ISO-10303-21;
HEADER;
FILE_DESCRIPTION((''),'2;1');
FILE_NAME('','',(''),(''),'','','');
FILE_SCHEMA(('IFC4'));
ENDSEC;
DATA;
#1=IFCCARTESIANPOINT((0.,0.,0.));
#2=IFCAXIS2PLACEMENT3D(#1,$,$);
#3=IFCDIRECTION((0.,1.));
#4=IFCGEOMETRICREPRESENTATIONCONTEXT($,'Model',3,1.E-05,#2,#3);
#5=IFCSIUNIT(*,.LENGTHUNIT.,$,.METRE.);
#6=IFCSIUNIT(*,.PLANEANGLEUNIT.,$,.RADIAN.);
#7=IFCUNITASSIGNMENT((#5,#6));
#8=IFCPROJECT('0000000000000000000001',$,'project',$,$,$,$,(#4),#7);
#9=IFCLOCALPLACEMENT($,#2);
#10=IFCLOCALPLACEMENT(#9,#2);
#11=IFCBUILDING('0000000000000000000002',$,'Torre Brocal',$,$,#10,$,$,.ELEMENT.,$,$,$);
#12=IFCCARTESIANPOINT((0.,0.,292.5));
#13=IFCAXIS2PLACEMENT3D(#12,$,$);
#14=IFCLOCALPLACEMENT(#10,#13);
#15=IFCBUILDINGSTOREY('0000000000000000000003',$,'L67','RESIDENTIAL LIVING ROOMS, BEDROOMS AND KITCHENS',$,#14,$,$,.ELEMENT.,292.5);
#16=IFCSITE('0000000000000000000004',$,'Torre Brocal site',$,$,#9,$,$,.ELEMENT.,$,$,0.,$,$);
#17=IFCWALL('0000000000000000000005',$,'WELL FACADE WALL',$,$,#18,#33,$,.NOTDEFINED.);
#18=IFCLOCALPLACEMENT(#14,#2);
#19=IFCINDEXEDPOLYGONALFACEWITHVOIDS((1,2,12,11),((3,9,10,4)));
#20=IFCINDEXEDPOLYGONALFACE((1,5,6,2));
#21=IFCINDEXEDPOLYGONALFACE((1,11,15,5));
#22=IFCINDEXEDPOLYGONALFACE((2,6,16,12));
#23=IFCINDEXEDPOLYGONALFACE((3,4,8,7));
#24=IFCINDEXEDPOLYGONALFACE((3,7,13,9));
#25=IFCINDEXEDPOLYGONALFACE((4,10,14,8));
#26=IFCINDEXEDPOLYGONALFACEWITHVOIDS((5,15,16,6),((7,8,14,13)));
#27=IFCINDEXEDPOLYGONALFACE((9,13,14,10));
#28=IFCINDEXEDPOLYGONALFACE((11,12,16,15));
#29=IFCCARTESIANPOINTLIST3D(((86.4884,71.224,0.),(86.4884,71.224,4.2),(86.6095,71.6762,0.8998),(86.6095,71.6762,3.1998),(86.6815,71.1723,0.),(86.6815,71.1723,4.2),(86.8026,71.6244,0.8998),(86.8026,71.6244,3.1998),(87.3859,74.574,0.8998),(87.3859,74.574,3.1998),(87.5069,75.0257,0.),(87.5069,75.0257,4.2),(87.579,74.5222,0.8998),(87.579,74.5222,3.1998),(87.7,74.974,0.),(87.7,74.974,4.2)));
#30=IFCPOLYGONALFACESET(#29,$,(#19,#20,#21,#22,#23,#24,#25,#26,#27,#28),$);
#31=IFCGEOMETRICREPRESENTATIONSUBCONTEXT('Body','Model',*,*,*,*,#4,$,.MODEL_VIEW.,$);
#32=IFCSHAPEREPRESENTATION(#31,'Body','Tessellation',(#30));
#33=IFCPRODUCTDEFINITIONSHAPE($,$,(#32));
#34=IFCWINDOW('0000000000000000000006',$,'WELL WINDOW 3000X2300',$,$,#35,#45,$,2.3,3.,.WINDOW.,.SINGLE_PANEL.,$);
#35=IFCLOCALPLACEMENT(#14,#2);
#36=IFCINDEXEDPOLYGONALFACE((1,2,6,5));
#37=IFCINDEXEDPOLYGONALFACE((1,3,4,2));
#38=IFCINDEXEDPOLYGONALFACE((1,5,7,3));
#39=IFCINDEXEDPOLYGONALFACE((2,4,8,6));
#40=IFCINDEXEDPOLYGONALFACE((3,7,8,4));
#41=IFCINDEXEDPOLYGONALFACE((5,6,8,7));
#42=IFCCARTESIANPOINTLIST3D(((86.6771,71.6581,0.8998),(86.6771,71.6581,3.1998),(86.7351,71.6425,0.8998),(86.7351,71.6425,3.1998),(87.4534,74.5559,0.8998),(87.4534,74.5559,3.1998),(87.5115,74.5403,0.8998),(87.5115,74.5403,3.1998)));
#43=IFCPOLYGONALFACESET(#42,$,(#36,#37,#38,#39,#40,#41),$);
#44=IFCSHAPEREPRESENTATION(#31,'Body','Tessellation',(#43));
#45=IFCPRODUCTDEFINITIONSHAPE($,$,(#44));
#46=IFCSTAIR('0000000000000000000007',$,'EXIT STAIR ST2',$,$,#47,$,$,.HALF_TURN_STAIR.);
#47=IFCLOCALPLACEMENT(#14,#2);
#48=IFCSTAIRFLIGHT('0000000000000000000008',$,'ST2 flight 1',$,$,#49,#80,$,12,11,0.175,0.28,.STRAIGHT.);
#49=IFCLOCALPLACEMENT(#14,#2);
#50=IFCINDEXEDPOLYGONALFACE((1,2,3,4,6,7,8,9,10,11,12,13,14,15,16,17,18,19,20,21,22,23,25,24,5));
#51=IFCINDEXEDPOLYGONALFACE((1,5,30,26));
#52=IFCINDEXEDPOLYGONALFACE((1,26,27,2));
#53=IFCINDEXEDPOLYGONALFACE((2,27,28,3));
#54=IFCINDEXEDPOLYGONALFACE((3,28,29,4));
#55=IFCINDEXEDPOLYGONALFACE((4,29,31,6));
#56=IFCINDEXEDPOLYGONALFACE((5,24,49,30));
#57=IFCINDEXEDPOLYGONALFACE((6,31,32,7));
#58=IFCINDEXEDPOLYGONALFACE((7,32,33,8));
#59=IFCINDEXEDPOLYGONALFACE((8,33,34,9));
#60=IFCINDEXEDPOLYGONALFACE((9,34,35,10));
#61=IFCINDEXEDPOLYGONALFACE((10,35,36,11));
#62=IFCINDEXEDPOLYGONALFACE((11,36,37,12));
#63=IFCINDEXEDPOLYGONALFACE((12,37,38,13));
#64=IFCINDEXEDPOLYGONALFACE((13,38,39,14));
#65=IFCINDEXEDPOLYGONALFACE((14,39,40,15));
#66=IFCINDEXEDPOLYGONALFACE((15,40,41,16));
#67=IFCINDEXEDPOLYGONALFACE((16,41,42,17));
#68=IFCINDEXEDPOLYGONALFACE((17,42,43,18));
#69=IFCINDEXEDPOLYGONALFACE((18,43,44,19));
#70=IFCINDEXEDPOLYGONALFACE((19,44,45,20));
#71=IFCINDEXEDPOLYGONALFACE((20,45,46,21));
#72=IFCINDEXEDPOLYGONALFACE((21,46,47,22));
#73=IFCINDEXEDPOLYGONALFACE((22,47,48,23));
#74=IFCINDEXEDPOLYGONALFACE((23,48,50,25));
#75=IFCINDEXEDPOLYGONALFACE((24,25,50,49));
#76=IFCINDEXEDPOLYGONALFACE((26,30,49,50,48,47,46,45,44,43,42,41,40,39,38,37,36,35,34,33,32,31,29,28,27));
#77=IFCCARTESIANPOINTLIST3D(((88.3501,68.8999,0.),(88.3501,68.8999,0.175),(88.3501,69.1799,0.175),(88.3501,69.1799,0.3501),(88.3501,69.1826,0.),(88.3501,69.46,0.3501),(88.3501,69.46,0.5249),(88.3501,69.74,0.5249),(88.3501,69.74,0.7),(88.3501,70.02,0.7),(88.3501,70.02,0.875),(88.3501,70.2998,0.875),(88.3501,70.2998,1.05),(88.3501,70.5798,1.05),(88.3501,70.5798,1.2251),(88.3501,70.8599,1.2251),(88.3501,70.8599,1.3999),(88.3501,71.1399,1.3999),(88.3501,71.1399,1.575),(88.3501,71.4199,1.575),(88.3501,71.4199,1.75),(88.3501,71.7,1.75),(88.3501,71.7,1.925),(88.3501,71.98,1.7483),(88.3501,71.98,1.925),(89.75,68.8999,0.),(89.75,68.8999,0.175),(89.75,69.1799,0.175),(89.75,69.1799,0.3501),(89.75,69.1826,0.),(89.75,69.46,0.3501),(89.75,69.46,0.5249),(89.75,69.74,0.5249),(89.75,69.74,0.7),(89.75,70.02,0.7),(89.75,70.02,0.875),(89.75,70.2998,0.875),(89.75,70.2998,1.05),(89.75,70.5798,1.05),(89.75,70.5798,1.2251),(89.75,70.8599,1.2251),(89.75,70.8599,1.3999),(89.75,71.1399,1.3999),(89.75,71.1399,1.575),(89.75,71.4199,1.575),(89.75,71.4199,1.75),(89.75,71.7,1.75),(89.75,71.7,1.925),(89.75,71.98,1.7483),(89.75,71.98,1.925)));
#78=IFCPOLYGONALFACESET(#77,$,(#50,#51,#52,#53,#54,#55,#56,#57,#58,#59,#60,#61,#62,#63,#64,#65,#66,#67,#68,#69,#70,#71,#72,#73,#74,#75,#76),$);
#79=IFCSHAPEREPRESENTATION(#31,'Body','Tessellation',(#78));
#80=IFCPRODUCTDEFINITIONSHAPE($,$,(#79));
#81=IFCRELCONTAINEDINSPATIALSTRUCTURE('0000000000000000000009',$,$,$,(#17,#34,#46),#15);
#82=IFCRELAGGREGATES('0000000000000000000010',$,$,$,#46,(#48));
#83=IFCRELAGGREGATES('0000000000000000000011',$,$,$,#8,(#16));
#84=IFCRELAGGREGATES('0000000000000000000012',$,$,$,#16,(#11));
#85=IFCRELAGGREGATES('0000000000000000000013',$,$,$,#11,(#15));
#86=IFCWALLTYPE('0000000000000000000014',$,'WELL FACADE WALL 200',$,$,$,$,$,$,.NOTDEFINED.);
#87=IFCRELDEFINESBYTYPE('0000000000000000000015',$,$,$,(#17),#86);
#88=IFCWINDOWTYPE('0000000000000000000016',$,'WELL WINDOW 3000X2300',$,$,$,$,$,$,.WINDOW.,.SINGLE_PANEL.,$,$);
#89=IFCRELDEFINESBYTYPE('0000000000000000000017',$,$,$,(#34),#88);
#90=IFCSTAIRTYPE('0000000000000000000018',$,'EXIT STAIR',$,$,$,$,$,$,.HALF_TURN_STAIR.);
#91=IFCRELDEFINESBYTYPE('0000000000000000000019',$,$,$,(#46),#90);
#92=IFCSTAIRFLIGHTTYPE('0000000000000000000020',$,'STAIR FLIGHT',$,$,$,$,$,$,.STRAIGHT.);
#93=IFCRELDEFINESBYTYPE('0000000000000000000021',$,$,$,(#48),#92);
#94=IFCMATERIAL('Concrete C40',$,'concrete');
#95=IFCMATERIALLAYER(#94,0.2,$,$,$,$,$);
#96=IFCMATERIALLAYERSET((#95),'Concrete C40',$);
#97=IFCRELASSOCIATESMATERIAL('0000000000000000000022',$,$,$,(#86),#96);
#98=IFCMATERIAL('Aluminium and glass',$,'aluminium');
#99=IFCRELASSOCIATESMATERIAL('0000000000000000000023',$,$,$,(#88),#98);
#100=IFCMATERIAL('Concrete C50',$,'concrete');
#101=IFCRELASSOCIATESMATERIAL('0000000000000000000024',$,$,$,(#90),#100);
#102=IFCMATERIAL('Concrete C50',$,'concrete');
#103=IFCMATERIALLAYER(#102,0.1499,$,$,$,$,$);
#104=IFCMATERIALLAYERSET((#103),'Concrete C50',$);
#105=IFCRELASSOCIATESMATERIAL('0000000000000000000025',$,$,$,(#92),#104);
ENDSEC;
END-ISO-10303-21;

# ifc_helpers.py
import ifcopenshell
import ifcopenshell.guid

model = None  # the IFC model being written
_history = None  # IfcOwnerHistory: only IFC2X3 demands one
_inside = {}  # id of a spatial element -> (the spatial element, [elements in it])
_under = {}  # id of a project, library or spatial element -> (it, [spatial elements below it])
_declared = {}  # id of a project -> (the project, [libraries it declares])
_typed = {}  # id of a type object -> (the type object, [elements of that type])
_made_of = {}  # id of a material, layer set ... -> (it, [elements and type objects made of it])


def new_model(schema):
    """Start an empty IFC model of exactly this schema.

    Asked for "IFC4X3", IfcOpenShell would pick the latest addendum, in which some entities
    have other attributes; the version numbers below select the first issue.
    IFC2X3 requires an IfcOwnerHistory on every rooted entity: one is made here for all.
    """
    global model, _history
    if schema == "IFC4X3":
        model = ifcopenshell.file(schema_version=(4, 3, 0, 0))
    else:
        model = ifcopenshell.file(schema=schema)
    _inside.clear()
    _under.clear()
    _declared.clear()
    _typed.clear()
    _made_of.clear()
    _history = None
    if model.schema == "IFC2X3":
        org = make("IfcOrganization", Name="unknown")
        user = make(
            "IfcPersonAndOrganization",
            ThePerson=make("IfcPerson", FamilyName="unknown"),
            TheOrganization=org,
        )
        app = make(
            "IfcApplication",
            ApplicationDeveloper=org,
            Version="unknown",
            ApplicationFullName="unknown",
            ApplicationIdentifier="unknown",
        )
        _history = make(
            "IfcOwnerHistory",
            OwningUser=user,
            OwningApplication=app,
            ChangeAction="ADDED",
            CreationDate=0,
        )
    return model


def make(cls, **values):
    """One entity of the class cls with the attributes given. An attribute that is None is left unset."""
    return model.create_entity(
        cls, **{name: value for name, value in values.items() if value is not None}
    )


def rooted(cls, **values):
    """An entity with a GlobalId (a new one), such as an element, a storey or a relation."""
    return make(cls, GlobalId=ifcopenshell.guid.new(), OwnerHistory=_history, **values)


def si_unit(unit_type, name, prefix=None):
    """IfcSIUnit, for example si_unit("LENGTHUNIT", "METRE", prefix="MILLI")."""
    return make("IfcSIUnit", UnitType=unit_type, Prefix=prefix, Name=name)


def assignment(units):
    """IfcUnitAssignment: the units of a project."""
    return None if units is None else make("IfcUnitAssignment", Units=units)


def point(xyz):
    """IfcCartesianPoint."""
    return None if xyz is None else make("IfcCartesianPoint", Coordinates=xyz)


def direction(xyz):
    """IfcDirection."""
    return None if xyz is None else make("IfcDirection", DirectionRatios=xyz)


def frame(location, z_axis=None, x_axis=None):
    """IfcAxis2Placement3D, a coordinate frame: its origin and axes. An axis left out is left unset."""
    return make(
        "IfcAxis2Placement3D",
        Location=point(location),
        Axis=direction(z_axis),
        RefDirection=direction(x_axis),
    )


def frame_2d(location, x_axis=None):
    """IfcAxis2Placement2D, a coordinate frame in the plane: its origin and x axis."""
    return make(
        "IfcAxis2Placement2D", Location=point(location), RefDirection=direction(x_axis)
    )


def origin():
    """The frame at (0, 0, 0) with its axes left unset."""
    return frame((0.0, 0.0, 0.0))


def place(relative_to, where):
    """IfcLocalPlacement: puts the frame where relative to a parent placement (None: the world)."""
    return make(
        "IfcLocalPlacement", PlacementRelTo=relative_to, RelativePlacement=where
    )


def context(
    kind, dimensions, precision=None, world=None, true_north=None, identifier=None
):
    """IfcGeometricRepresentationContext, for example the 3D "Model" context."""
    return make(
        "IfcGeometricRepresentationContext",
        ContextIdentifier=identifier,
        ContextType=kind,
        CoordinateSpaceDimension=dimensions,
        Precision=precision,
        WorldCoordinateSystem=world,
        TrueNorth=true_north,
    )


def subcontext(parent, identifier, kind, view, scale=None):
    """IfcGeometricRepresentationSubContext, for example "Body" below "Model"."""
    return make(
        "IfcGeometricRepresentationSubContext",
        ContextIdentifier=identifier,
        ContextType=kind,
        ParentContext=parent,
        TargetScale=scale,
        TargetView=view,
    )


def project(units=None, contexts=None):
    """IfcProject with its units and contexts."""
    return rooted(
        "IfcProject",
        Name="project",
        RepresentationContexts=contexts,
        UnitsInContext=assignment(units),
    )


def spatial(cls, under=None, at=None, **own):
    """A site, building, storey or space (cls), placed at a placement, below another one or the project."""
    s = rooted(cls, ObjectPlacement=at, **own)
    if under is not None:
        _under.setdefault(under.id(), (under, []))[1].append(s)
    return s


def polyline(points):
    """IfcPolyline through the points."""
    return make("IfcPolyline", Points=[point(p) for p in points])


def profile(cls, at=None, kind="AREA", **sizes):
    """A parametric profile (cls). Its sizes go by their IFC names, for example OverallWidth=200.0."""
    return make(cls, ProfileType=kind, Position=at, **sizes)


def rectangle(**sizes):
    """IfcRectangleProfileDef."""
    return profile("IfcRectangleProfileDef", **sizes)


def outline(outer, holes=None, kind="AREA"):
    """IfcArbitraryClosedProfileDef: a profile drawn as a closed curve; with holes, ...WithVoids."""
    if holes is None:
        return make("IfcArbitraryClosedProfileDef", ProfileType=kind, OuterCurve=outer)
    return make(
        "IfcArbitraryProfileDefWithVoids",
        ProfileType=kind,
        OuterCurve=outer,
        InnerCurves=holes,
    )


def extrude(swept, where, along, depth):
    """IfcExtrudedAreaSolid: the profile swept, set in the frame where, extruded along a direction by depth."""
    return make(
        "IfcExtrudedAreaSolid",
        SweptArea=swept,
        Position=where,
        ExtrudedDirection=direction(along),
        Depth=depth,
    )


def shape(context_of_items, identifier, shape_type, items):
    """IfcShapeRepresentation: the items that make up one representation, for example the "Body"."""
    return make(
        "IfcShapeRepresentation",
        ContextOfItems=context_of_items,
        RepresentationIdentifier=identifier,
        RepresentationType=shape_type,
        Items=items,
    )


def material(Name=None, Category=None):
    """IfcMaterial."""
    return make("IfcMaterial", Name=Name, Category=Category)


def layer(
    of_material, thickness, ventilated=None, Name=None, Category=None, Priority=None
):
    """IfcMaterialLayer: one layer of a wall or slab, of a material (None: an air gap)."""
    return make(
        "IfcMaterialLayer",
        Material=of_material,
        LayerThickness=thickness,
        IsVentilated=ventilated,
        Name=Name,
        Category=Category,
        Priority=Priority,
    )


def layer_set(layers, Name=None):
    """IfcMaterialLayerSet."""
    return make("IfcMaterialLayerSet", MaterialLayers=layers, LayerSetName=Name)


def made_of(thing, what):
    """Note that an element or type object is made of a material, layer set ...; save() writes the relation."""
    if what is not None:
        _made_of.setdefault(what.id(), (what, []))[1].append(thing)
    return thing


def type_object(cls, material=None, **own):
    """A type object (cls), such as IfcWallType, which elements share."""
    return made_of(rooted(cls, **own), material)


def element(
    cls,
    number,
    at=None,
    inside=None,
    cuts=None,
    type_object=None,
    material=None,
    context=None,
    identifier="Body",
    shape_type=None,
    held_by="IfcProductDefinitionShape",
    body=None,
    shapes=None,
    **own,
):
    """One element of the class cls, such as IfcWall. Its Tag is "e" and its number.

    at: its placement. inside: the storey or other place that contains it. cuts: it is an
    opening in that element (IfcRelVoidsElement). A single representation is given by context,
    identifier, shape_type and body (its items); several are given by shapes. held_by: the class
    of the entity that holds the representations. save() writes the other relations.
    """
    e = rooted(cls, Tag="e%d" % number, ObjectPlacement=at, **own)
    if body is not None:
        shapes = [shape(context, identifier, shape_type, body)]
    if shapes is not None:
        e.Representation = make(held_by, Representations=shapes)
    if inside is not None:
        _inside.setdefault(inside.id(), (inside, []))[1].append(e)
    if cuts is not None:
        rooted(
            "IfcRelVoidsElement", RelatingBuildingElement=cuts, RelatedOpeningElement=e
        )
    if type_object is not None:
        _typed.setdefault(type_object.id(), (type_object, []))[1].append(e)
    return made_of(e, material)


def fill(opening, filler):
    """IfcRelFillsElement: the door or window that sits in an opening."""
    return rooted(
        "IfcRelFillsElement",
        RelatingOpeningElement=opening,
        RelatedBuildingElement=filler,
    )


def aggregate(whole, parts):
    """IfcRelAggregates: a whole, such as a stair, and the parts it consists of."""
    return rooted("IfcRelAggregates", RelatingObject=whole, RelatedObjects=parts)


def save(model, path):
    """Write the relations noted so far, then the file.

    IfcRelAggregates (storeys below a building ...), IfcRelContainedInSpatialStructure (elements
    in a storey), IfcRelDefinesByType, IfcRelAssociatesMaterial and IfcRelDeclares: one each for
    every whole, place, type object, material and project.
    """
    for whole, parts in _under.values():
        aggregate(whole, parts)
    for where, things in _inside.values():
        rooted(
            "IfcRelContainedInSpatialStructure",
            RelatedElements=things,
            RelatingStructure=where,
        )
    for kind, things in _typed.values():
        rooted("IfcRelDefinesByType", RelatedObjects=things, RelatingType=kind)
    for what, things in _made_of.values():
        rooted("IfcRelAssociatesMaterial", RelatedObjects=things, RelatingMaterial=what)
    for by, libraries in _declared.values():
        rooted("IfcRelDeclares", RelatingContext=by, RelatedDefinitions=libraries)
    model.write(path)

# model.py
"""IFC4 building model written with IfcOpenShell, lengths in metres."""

from ifc_helpers import new_model, si_unit, direction, frame, frame_2d, origin, place, context, subcontext, project, spatial, polyline, rectangle, outline, extrude, material, layer, layer_set, type_object, element, fill, aggregate, save


model = new_model("IFC4")

# Units and contexts
model_context = context("Model", 3, precision=1e-05, world=origin(), true_north=direction((0.0, 1.0)))
body_context = subcontext(model_context, "Body", "Model", "MODEL_VIEW")
ifc_project = project(units=[si_unit("LENGTHUNIT", "METRE"), si_unit("PLANEANGLEUNIT", "RADIAN")], contexts=[model_context])

# Site, building, storey
site_placement = place(None, origin())
site = spatial("IfcSite", under=ifc_project, at=site_placement, Name="Torre Brocal site", CompositionType="ELEMENT", RefElevation=0.0)
building_placement = place(site_placement, origin())
building = spatial("IfcBuilding", under=site, at=building_placement, Name="Torre Brocal", CompositionType="ELEMENT")
storey_placement = place(building_placement, frame((0.0, 0.0, 292.5)))
storey = spatial("IfcBuildingStorey", under=building, at=storey_placement, Name="L67", Description="RESIDENTIAL LIVING ROOMS, BEDROOMS AND KITCHENS", CompositionType="ELEMENT", Elevation=292.5)

# Wall, opening, window
ifc_material_1 = material(Name="Concrete C40", Category="concrete")
ifc_layer_1 = layer(ifc_material_1, 0.2)
ifc_layer_set_1 = layer_set([ifc_layer_1], Name="Concrete C40")
wall_type_1 = type_object("IfcWallType", Name="WELL FACADE WALL 200", PredefinedType="NOTDEFINED", material=ifc_layer_set_1)
ifc_material_2 = material(Name="Aluminium and glass", Category="aluminium")
window_type = type_object("IfcWindowType", Name="WELL WINDOW 3000X2300", PartitioningType="SINGLE_PANEL", PredefinedType="WINDOW", material=ifc_material_2)
wall_1_placement = place(storey_placement, frame((86.585, 71.1982, 0.0), z_axis=(0.0, 0.0, 1.0), x_axis=(0.25879, 0.965934, 0.0)))
wall_1 = element("IfcWall", 1, at=wall_1_placement, inside=storey, type_object=wall_type_1, Name="WELL FACADE WALL", PredefinedType="NOTDEFINED", context=body_context, shape_type="SweptSolid", body=[
    extrude(rectangle(XDim=3.9358, YDim=0.2, at=frame_2d((1.9678, 0.0))), origin(), (0.0, 0.0, 1.0), 4.2),
])
opening_1_placement = place(wall_1_placement, frame((0.468, 0.0, 0.8999)))
opening_1 = element("IfcOpeningElement", 2, at=opening_1_placement, cuts=wall_1, PredefinedType="OPENING", context=body_context, shape_type="SweptSolid", body=[
    extrude(rectangle(XDim=3.0, YDim=2.3, at=frame_2d((1.5, 1.1499))), frame((0.0, 0.1099, 0.0), z_axis=(0.0, -1.0, 0.0), x_axis=(1.0, 0.0, 0.0)), (0.0, 0.0, 1.0), 0.22),
])
window_1_placement = place(opening_1_placement, origin())
window_1 = element("IfcWindow", 3, at=window_1_placement, inside=storey, type_object=window_type, Name="WELL WINDOW 3000X2300", OverallHeight=2.3, OverallWidth=3.0, PartitioningType="SINGLE_PANEL", PredefinedType="WINDOW", context=body_context, shape_type="SweptSolid", body=[
    extrude(rectangle(XDim=3.0, YDim=2.3, at=frame_2d((1.5, 1.1499))), frame((0.0, 0.03, 0.0), z_axis=(0.0, -1.0, 0.0), x_axis=(1.0, 0.0, 0.0)), (0.0, 0.0, 1.0), 0.0601),
])
fill(opening_1, window_1)

# Stair, stair flight
ifc_material_3 = material(Name="Concrete C50", Category="concrete")
stair_type = type_object("IfcStairType", Name="EXIT STAIR", PredefinedType="HALF_TURN_STAIR", material=ifc_material_3)
stair_placement = place(storey_placement, origin())
stair = element("IfcStair", 4, at=stair_placement, inside=storey, type_object=stair_type, Name="EXIT STAIR ST2", PredefinedType="HALF_TURN_STAIR")
ifc_material_4 = material(Name="Concrete C50", Category="concrete")
ifc_layer_2 = layer(ifc_material_4, 0.1499)
ifc_layer_set_2 = layer_set([ifc_layer_2], Name="Concrete C50")
stair_flight_type = type_object("IfcStairFlightType", Name="STAIR FLIGHT", PredefinedType="STRAIGHT", material=ifc_layer_set_2)
stair_flight_placement = place(storey_placement, frame((89.05, 68.8999, 0.0), z_axis=(0.0, 0.0, 1.0), x_axis=(0.0, 1.0, 0.0)))
stair_flight = element("IfcStairFlight", 5, at=stair_flight_placement, type_object=stair_flight_type, Name="ST2 flight 1", NumberOfRisers=12, NumberOfTreads=11, PredefinedType="STRAIGHT", RiserHeight=0.175, TreadLength=0.28, context=body_context, shape_type="SweptSolid", body=[
    extrude(outline(polyline([(0.0, 0.0), (0.0, 0.175), (0.28, 0.175), (0.28, 0.3501), (0.5601, 0.3501), (0.5601, 0.5249), (0.8401, 0.5249), (0.8401, 0.7), (1.1201, 0.7), (1.1201, 0.875), (1.3999, 0.875), (1.3999, 1.05), (1.6799, 1.05), (1.6799, 1.2251), (1.96, 1.2251), (1.96, 1.3999), (2.24, 1.3999), (2.24, 1.575), (2.52, 1.575), (2.52, 1.75), (2.8, 1.75), (2.8, 1.925), (3.0801, 1.925), (3.0801, 2.1001), (3.0801, 1.7483), (0.2827, 0.0), (0.0, 0.0)])), frame((0.0, 0.7, 0.0), z_axis=(0.0, -1.0, 0.0), x_axis=(1.0, 0.0, 0.0)), (0.0, 0.0, 1.0), 1.3999),
])
aggregate(stair, [stair_flight])

save(model, "model.ifc")
